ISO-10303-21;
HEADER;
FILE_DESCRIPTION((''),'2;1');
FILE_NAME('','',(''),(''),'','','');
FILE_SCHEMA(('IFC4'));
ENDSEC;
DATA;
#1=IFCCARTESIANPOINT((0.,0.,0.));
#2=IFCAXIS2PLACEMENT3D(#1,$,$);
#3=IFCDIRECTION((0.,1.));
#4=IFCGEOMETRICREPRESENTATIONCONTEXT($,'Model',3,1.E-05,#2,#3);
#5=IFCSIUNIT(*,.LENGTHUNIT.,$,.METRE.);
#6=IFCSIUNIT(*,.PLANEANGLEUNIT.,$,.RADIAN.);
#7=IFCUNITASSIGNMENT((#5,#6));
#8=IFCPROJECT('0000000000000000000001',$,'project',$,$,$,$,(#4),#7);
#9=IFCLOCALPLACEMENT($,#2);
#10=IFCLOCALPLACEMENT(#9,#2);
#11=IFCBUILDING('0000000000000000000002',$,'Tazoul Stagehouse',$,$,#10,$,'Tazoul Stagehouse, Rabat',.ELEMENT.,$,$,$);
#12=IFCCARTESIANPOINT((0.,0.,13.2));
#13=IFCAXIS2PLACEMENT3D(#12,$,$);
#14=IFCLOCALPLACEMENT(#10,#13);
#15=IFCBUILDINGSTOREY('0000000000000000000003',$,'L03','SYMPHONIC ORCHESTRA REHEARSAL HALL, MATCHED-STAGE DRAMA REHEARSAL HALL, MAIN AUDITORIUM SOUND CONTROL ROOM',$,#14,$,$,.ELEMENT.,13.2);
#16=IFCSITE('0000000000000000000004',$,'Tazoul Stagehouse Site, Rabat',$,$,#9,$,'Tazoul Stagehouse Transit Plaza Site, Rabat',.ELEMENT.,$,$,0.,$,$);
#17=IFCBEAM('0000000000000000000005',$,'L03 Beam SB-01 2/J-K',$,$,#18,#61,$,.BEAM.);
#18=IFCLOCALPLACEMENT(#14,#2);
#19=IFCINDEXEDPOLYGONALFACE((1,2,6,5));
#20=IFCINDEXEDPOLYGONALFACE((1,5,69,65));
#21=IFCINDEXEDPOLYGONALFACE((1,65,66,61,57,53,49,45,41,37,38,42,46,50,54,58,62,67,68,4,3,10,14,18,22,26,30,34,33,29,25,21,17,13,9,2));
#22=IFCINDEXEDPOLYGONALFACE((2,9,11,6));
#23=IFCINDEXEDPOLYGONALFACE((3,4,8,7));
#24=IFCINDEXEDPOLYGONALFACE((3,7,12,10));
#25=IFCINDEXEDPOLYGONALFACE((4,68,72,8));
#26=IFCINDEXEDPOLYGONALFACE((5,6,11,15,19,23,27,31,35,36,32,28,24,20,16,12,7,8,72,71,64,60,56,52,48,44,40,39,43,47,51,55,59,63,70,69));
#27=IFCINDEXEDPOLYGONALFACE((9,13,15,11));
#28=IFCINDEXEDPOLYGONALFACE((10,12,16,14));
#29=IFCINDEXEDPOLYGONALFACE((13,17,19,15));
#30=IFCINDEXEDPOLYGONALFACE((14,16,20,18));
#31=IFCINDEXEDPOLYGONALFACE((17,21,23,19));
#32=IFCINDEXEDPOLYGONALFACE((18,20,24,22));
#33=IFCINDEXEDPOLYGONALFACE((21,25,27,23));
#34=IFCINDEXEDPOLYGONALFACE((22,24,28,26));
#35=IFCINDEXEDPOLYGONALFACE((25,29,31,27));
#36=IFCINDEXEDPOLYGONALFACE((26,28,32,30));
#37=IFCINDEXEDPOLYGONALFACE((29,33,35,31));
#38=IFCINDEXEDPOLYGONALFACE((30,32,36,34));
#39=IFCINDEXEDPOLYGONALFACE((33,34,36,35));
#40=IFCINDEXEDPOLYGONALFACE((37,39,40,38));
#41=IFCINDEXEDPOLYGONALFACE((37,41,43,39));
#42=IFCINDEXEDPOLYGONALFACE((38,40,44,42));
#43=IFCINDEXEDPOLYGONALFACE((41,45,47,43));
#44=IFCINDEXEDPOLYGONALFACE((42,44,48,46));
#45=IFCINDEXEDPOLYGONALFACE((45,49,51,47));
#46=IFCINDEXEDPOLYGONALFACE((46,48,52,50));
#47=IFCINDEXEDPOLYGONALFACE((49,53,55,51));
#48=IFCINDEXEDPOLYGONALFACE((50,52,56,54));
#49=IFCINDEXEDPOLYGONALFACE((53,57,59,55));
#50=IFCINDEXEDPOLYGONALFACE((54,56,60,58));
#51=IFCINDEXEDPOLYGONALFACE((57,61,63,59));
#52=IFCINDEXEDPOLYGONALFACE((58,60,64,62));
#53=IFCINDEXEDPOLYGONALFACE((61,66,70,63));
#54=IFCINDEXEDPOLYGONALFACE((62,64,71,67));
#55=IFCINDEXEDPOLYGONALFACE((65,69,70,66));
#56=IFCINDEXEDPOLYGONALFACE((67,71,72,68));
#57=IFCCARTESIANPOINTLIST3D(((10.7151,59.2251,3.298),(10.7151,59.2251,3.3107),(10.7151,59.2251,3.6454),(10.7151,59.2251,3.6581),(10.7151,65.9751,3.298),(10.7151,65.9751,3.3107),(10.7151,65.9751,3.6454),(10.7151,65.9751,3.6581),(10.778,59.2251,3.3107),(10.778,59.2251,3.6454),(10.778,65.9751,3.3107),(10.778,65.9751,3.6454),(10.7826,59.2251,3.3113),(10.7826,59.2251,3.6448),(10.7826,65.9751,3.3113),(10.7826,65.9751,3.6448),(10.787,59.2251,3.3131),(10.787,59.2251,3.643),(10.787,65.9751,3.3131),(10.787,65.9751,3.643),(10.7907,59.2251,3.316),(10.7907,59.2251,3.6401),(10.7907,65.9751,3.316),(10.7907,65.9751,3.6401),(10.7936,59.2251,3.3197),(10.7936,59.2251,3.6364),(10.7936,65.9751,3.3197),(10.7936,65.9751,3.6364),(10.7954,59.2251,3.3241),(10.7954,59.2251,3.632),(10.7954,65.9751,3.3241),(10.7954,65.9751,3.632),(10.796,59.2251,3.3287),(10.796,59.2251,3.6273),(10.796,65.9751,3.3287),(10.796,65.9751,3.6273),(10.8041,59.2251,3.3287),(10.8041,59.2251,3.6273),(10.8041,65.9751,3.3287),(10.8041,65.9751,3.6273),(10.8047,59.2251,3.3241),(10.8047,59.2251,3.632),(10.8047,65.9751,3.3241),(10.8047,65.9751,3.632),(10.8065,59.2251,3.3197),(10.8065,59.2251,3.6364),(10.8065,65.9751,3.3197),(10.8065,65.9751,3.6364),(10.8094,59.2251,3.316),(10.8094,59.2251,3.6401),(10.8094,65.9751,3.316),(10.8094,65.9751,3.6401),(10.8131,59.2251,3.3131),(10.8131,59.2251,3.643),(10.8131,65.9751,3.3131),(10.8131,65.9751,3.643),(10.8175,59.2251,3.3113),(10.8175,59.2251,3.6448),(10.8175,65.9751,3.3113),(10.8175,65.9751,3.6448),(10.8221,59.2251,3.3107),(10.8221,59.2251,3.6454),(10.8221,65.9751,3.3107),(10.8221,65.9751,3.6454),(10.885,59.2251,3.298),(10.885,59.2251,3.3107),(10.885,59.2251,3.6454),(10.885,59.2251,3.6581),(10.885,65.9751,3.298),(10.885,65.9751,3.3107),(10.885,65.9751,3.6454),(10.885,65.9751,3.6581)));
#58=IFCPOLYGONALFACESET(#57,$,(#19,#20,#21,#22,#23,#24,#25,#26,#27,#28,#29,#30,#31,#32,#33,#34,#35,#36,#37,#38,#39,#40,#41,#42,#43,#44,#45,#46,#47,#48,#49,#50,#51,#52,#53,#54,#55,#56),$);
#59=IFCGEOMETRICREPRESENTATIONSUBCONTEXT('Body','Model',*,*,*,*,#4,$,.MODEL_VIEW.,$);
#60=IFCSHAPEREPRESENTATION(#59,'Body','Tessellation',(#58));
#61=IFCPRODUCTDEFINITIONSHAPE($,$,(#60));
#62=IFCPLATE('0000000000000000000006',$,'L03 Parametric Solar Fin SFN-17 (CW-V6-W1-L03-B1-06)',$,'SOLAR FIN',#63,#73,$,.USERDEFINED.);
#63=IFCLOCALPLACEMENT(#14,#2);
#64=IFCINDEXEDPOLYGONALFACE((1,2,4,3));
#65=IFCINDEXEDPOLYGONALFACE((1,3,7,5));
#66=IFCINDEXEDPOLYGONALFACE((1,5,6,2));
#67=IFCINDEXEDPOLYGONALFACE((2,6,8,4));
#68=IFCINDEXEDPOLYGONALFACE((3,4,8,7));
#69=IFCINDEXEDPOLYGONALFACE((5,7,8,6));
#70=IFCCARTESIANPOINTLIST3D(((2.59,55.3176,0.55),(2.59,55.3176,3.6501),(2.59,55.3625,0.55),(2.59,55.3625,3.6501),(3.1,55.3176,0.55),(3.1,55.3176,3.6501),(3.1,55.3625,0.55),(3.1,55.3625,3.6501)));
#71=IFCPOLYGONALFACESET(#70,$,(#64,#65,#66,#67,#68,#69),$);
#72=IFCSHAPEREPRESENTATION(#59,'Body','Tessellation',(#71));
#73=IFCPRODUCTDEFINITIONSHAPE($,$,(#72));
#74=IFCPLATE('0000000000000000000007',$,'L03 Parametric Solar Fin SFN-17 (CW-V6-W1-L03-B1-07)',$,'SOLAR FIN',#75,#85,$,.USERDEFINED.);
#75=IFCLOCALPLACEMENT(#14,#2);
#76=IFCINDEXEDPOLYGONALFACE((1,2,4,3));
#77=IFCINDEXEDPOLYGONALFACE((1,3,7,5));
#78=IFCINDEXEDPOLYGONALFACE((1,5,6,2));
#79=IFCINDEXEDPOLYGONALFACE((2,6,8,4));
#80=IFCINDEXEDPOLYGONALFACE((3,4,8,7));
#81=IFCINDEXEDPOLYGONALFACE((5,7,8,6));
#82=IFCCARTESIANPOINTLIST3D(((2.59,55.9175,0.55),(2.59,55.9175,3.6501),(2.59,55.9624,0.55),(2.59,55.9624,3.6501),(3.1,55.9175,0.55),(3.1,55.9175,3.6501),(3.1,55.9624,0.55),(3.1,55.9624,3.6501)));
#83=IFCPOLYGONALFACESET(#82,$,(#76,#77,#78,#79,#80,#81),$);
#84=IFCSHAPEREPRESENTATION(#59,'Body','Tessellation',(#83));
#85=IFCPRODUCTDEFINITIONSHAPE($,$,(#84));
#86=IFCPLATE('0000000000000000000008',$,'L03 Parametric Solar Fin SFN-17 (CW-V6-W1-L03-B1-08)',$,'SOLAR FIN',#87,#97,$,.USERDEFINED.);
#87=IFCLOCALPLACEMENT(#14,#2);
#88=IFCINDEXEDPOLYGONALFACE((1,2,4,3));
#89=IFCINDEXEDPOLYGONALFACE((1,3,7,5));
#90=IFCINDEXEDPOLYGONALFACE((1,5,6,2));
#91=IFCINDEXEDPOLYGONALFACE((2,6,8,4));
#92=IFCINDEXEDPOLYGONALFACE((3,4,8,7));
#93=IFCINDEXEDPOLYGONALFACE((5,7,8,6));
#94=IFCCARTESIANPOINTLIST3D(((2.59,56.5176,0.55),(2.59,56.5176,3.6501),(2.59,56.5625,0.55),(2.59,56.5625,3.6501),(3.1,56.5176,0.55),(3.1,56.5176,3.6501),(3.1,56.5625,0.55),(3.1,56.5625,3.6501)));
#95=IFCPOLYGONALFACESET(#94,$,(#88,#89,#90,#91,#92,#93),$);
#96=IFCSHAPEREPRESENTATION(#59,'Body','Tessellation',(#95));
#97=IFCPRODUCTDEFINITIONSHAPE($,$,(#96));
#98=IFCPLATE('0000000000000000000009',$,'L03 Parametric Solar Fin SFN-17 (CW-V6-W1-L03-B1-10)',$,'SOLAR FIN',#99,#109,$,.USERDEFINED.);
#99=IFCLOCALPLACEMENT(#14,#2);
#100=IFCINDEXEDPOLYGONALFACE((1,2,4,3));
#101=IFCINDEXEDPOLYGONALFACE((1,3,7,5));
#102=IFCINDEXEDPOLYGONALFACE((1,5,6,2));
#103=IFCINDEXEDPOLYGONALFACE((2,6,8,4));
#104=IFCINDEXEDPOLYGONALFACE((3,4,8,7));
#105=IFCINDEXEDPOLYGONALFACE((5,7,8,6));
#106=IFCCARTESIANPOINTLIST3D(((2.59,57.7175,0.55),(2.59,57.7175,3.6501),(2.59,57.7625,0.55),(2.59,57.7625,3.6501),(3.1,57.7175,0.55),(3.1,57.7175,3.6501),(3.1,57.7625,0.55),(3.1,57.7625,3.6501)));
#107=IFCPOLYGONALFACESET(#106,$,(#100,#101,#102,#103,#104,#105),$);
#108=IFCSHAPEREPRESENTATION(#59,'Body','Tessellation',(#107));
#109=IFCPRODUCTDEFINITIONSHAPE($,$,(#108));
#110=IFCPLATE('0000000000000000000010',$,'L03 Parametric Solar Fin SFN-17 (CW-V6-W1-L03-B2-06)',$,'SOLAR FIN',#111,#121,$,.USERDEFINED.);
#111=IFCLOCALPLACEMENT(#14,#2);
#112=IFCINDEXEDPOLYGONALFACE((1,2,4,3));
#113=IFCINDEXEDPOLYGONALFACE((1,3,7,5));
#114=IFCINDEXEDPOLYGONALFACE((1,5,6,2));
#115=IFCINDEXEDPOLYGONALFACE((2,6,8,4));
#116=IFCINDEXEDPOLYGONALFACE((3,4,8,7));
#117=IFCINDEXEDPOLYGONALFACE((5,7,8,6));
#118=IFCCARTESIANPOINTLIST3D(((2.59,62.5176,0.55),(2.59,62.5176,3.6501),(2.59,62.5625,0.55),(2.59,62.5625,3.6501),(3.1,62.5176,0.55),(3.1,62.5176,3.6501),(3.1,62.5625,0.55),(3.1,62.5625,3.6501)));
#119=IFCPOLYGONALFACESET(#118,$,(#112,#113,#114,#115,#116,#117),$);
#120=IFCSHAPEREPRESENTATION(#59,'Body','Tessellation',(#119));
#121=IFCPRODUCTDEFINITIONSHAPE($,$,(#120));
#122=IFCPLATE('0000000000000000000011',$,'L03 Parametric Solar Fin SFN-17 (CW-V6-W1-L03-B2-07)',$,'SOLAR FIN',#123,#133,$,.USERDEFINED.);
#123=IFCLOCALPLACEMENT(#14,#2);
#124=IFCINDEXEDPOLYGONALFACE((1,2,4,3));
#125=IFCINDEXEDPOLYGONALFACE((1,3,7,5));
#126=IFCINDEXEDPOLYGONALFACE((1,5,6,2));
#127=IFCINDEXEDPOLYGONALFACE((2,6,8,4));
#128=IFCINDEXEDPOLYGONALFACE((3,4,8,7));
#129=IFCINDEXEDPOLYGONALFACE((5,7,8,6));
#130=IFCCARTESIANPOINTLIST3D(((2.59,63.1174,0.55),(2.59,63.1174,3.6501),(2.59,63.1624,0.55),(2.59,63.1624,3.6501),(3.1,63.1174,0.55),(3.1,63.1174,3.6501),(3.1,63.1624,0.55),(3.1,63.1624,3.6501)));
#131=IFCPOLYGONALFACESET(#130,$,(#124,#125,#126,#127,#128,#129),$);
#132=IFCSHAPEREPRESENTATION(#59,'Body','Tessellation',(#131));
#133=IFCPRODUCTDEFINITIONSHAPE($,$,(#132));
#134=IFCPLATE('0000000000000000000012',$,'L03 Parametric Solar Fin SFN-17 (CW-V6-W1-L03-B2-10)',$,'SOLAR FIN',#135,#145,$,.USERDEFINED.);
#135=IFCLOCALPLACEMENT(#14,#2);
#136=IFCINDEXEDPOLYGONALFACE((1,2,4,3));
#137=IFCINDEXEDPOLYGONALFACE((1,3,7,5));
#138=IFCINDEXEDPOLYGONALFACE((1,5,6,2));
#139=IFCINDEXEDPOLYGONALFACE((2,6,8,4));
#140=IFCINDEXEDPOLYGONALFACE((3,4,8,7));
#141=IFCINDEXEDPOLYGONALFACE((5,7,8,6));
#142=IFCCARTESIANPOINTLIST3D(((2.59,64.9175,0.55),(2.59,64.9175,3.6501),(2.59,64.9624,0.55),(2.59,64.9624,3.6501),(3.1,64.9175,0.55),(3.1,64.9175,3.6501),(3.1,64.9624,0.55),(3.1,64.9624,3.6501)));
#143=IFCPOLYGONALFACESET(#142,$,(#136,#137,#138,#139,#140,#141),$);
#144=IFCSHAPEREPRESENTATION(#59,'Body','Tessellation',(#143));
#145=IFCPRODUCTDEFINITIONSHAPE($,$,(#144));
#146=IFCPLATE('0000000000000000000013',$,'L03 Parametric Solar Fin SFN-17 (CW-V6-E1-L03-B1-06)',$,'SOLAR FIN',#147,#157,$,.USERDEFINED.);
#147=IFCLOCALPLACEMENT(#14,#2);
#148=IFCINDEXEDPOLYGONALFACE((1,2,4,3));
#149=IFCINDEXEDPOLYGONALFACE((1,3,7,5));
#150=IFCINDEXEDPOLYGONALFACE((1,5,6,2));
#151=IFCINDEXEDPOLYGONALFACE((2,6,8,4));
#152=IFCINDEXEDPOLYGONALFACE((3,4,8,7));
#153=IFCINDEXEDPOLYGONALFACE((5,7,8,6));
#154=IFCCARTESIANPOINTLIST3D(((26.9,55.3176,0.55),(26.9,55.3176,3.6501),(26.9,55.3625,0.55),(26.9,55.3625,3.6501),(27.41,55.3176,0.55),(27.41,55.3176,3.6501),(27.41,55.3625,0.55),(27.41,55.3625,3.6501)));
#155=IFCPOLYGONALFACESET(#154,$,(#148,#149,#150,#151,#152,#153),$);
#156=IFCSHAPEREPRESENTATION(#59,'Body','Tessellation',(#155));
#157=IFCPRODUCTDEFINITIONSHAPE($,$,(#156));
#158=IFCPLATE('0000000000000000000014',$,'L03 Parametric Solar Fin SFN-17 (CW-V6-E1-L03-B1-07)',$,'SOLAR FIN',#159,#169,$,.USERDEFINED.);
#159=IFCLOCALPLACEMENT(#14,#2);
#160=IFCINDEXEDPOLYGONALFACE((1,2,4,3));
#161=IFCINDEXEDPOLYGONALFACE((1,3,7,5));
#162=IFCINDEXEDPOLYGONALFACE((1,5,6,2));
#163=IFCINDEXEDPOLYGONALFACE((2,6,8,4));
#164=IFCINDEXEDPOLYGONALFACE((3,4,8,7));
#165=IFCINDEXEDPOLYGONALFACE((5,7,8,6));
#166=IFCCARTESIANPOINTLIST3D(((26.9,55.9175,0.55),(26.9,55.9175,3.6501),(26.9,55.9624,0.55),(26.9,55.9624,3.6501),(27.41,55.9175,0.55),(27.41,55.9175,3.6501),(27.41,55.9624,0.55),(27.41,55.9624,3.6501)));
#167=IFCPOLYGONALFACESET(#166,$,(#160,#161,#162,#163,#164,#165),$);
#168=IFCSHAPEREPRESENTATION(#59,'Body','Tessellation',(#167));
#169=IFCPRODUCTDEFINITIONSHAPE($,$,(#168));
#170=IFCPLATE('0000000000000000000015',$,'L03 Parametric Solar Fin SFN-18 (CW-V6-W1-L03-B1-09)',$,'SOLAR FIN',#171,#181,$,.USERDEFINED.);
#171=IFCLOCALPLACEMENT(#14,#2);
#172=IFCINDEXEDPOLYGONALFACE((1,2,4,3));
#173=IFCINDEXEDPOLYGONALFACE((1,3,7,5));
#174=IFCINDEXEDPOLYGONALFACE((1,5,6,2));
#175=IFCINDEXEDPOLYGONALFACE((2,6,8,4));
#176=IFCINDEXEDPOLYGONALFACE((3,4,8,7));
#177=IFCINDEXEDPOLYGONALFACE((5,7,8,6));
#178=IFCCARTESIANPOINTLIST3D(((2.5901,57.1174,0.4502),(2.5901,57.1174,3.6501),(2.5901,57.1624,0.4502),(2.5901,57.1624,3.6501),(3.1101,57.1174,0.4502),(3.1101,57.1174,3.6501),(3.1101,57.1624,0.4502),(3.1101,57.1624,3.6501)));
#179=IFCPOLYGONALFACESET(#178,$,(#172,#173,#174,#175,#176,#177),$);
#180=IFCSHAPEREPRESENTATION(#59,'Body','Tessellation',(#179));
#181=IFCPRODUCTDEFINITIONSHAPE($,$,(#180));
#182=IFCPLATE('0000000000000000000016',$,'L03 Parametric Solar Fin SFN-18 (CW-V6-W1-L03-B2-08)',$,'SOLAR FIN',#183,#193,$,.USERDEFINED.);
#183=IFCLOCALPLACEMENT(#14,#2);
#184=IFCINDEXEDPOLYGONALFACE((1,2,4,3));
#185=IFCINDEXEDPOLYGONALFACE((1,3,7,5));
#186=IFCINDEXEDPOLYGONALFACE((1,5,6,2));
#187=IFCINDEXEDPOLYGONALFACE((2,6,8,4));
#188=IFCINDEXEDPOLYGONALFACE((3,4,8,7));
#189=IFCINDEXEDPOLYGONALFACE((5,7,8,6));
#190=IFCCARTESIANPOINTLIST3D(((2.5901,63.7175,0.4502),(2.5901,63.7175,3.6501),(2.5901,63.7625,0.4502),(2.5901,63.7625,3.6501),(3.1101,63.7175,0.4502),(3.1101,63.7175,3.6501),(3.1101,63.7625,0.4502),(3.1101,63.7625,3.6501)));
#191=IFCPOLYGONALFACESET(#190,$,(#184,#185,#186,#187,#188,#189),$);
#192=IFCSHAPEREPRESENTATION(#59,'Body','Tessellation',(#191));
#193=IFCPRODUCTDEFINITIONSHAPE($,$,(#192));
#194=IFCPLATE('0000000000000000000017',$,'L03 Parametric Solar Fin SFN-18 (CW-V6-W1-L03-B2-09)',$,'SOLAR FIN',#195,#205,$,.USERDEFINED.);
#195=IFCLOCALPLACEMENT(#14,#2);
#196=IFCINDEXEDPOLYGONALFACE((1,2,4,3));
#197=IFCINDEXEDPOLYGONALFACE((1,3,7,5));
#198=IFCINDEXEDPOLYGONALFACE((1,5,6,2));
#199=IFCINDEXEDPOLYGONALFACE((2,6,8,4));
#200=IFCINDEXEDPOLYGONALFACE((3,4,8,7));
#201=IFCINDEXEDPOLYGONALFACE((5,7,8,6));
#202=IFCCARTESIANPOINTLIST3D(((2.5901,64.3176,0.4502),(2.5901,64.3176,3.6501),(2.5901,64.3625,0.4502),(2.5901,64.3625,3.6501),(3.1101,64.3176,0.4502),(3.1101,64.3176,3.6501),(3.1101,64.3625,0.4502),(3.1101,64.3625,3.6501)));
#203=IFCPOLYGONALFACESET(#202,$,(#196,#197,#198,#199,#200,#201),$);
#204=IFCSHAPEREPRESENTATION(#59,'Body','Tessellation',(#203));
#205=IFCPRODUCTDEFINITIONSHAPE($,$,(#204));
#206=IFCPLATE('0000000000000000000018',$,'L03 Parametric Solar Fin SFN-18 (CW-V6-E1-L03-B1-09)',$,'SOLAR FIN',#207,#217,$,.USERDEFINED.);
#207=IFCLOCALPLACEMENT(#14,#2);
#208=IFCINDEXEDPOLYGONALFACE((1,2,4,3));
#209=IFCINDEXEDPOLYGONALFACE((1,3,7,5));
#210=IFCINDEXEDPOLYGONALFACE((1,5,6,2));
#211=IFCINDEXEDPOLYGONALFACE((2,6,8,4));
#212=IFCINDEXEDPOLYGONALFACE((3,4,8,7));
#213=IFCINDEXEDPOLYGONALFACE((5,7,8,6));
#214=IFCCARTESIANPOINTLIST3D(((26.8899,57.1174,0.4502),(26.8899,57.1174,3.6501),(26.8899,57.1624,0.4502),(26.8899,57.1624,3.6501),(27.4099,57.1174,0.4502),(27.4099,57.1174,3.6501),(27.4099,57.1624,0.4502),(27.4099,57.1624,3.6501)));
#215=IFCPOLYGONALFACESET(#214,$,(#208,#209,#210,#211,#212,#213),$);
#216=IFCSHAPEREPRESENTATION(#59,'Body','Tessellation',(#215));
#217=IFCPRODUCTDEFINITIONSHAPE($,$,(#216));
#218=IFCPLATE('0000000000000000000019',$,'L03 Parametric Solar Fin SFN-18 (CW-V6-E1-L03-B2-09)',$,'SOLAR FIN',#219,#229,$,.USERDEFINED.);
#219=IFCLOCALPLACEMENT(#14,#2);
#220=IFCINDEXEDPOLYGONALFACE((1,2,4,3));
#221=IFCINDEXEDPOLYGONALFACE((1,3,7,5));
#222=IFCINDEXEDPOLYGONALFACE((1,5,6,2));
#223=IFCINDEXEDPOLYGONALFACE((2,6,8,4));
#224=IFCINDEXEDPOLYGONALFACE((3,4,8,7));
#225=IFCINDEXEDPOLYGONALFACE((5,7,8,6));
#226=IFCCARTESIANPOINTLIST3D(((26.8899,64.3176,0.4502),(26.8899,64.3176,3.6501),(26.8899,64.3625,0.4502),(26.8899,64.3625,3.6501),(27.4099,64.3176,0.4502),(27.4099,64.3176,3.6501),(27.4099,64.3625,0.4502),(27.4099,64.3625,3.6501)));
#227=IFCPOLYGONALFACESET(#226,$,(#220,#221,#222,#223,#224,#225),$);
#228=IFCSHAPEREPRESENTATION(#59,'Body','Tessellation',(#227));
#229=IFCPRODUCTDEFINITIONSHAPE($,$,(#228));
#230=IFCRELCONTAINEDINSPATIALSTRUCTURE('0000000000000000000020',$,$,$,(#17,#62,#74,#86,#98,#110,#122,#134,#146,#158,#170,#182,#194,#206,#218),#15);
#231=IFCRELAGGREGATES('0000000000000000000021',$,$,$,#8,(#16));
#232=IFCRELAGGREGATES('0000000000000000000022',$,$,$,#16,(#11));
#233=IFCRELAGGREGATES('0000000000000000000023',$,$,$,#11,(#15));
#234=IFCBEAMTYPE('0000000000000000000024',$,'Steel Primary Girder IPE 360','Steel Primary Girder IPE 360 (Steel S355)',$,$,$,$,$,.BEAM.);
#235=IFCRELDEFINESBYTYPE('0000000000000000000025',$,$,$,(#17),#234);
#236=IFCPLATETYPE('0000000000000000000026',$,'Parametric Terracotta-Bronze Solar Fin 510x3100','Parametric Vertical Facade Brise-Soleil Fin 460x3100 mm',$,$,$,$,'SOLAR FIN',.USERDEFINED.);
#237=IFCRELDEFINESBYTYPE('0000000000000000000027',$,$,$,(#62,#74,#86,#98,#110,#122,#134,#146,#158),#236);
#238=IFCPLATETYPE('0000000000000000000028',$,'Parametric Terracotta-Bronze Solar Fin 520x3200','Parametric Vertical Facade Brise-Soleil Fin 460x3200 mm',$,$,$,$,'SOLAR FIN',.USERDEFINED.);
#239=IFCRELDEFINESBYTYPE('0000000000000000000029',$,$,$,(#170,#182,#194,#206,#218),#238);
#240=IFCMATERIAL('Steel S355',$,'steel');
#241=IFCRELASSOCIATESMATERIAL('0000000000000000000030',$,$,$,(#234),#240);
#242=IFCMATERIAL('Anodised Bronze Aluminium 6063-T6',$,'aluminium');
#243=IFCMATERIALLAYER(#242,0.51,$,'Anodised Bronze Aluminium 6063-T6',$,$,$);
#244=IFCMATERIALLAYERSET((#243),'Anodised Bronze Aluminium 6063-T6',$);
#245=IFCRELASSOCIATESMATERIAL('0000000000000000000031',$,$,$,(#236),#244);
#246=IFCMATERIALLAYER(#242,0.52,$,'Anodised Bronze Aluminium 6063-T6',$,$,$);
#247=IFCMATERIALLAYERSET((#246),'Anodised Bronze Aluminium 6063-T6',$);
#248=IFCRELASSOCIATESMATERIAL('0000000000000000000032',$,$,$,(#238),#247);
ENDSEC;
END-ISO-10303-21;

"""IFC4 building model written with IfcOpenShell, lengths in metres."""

from ifc_helpers import new_model, si_unit, direction, frame, origin, origin_2d, place, context, subcontext, project, spatial, rectangle, i_section, extrude, material, layer, layer_set, material_profile, profile_set, type_object, element, save


model = new_model("IFC4")

# Units and contexts
model_context = context("Model", 3, precision=1e-05, world=origin(), true_north=direction((0.0, 1.0)))
body_context = subcontext(model_context, "Body", "Model", "MODEL_VIEW")
ifc_project = project(units=[si_unit("LENGTHUNIT", "METRE"), si_unit("PLANEANGLEUNIT", "RADIAN")], contexts=[model_context])

# Site, building, storey
site_placement = place(None, origin())
site = spatial("IfcSite", under=ifc_project, at=site_placement, Name="Tazoul Stagehouse Site, Rabat", LongName="Tazoul Stagehouse Transit Plaza Site, Rabat", CompositionType="ELEMENT", RefElevation=0.0)
building_placement = place(site_placement, origin())
building = spatial("IfcBuilding", under=site, at=building_placement, Name="Tazoul Stagehouse", LongName="Tazoul Stagehouse, Rabat", CompositionType="ELEMENT")
storey_placement = place(building_placement, frame((0.0, 0.0, 13.2)))
storey = spatial("IfcBuildingStorey", under=building, at=storey_placement, Name="L03", Description="SYMPHONIC ORCHESTRA REHEARSAL HALL, MATCHED-STAGE DRAMA REHEARSAL HALL, MAIN AUDITORIUM SOUND CONTROL ROOM", CompositionType="ELEMENT", Elevation=13.2)

# Beam
ifc_material_1 = material(Name="Steel S355", Category="steel")
ifc_material_profile_1 = material_profile(ifc_material_1, i_section(OverallWidth=0.1699, OverallDepth=0.3601, WebThickness=0.0081, FlangeThickness=0.0127, FilletRadius=0.0181, at=origin_2d()), Name="IPE 360")
ifc_profile_set_1 = profile_set([ifc_material_profile_1], Name="Steel S355")
beam_type_1 = type_object("IfcBeamType", Name="Steel Primary Girder IPE 360", Description="Steel Primary Girder IPE 360 (Steel S355)", PredefinedType="BEAM", material=ifc_profile_set_1)
beam_1_placement = place(storey_placement, frame((10.8, 59.2251, 3.478), z_axis=(0.0, 1.0, 0.0), x_axis=(-1.0, 0.0, 0.0)))
element("IfcBeam", 1, at=beam_1_placement, inside=storey, type_object=beam_type_1, Name="L03 Beam SB-01 2/J-K", PredefinedType="BEAM", context=body_context, shape_type="SweptSolid", body=[
    extrude(i_section(OverallWidth=0.1699, OverallDepth=0.3601, WebThickness=0.0081, FlangeThickness=0.0127, FilletRadius=0.0181, at=origin_2d()), origin(), (0.0, 0.0, 1.0), 6.75),
])

# Plates
ifc_material_2 = material(Name="Anodised Bronze Aluminium 6063-T6", Category="aluminium")
ifc_layer_1 = layer(ifc_material_2, 0.51, Name="Anodised Bronze Aluminium 6063-T6")
ifc_layer_set_1 = layer_set([ifc_layer_1], Name="Anodised Bronze Aluminium 6063-T6")
plate_type_1 = type_object("IfcPlateType", Name="Parametric Terracotta-Bronze Solar Fin 510x3100", Description="Parametric Vertical Facade Brise-Soleil Fin 460x3100 mm", ElementType="SOLAR FIN", PredefinedType="USERDEFINED", material=ifc_layer_set_1)
for number, where, z_axis, x_axis, name in (
    (2, (2.845, 55.3401, 0.55), (0.0, 0.0, 1.0), (0.0, 1.0, 0.0), "L03 Parametric Solar Fin SFN-17 (CW-V6-W1-L03-B1-06)"),
    (3, (2.845, 55.9399, 0.55), (0.0, 0.0, 1.0), (0.0, 1.0, 0.0), "L03 Parametric Solar Fin SFN-17 (CW-V6-W1-L03-B1-07)"),
    (4, (2.845, 56.54, 0.55), (0.0, 0.0, 1.0), (0.0, 1.0, 0.0), "L03 Parametric Solar Fin SFN-17 (CW-V6-W1-L03-B1-08)"),
    (5, (2.845, 57.74, 0.55), (0.0, 0.0, 1.0), (0.0, 1.0, 0.0), "L03 Parametric Solar Fin SFN-17 (CW-V6-W1-L03-B1-10)"),
    (6, (2.845, 62.54, 0.55), (0.0, 0.0, 1.0), (0.0, 1.0, 0.0), "L03 Parametric Solar Fin SFN-17 (CW-V6-W1-L03-B2-06)"),
    (7, (2.845, 63.1399, 0.55), (0.0, 0.0, 1.0), (0.0, 1.0, 0.0), "L03 Parametric Solar Fin SFN-17 (CW-V6-W1-L03-B2-07)"),
    (8, (2.845, 64.9399, 0.55), (0.0, 0.0, 1.0), (0.0, 1.0, 0.0), "L03 Parametric Solar Fin SFN-17 (CW-V6-W1-L03-B2-10)"),
    (9, (27.155, 55.3401, 0.55), (0.0, 0.0, 1.0), (0.0, 1.0, 0.0), "L03 Parametric Solar Fin SFN-17 (CW-V6-E1-L03-B1-06)"),
    (10, (27.155, 55.9399, 0.55), (0.0, 0.0, 1.0), (0.0, 1.0, 0.0), "L03 Parametric Solar Fin SFN-17 (CW-V6-E1-L03-B1-07)"),
):
    element("IfcPlate", number, at=place(storey_placement, frame(where, z_axis=z_axis, x_axis=x_axis)), inside=storey, type_object=plate_type_1, Name=name, ObjectType="SOLAR FIN", PredefinedType="USERDEFINED", context=body_context, shape_type="SweptSolid", body=[
        extrude(rectangle(XDim=0.0449, YDim=0.51, at=origin_2d()), origin(), (0.0, 0.0, 1.0), 3.1001),
    ])
ifc_layer_2 = layer(ifc_material_2, 0.52, Name="Anodised Bronze Aluminium 6063-T6")
ifc_layer_set_2 = layer_set([ifc_layer_2], Name="Anodised Bronze Aluminium 6063-T6")
plate_type_2 = type_object("IfcPlateType", Name="Parametric Terracotta-Bronze Solar Fin 520x3200", Description="Parametric Vertical Facade Brise-Soleil Fin 460x3200 mm", ElementType="SOLAR FIN", PredefinedType="USERDEFINED", material=ifc_layer_set_2)
for number, where, z_axis, x_axis, name in (
    (11, (2.8501, 57.1399, 0.4502), (0.0, 0.0, 1.0), (0.0, 1.0, 0.0), "L03 Parametric Solar Fin SFN-18 (CW-V6-W1-L03-B1-09)"),
    (12, (2.8501, 63.74, 0.4502), (0.0, 0.0, 1.0), (0.0, 1.0, 0.0), "L03 Parametric Solar Fin SFN-18 (CW-V6-W1-L03-B2-08)"),
    (13, (2.8501, 64.3401, 0.4502), (0.0, 0.0, 1.0), (0.0, 1.0, 0.0), "L03 Parametric Solar Fin SFN-18 (CW-V6-W1-L03-B2-09)"),
    (14, (27.1499, 57.1399, 0.4502), (0.0, 0.0, 1.0), (0.0, 1.0, 0.0), "L03 Parametric Solar Fin SFN-18 (CW-V6-E1-L03-B1-09)"),
    (15, (27.1499, 64.3401, 0.4502), (0.0, 0.0, 1.0), (0.0, 1.0, 0.0), "L03 Parametric Solar Fin SFN-18 (CW-V6-E1-L03-B2-09)"),
):
    element("IfcPlate", number, at=place(storey_placement, frame(where, z_axis=z_axis, x_axis=x_axis)), inside=storey, type_object=plate_type_2, Name=name, ObjectType="SOLAR FIN", PredefinedType="USERDEFINED", context=body_context, shape_type="SweptSolid", body=[
        extrude(rectangle(XDim=0.0449, YDim=0.52, at=origin_2d()), origin(), (0.0, 0.0, 1.0), 3.2),
    ])

save(model, "model.ifc")
